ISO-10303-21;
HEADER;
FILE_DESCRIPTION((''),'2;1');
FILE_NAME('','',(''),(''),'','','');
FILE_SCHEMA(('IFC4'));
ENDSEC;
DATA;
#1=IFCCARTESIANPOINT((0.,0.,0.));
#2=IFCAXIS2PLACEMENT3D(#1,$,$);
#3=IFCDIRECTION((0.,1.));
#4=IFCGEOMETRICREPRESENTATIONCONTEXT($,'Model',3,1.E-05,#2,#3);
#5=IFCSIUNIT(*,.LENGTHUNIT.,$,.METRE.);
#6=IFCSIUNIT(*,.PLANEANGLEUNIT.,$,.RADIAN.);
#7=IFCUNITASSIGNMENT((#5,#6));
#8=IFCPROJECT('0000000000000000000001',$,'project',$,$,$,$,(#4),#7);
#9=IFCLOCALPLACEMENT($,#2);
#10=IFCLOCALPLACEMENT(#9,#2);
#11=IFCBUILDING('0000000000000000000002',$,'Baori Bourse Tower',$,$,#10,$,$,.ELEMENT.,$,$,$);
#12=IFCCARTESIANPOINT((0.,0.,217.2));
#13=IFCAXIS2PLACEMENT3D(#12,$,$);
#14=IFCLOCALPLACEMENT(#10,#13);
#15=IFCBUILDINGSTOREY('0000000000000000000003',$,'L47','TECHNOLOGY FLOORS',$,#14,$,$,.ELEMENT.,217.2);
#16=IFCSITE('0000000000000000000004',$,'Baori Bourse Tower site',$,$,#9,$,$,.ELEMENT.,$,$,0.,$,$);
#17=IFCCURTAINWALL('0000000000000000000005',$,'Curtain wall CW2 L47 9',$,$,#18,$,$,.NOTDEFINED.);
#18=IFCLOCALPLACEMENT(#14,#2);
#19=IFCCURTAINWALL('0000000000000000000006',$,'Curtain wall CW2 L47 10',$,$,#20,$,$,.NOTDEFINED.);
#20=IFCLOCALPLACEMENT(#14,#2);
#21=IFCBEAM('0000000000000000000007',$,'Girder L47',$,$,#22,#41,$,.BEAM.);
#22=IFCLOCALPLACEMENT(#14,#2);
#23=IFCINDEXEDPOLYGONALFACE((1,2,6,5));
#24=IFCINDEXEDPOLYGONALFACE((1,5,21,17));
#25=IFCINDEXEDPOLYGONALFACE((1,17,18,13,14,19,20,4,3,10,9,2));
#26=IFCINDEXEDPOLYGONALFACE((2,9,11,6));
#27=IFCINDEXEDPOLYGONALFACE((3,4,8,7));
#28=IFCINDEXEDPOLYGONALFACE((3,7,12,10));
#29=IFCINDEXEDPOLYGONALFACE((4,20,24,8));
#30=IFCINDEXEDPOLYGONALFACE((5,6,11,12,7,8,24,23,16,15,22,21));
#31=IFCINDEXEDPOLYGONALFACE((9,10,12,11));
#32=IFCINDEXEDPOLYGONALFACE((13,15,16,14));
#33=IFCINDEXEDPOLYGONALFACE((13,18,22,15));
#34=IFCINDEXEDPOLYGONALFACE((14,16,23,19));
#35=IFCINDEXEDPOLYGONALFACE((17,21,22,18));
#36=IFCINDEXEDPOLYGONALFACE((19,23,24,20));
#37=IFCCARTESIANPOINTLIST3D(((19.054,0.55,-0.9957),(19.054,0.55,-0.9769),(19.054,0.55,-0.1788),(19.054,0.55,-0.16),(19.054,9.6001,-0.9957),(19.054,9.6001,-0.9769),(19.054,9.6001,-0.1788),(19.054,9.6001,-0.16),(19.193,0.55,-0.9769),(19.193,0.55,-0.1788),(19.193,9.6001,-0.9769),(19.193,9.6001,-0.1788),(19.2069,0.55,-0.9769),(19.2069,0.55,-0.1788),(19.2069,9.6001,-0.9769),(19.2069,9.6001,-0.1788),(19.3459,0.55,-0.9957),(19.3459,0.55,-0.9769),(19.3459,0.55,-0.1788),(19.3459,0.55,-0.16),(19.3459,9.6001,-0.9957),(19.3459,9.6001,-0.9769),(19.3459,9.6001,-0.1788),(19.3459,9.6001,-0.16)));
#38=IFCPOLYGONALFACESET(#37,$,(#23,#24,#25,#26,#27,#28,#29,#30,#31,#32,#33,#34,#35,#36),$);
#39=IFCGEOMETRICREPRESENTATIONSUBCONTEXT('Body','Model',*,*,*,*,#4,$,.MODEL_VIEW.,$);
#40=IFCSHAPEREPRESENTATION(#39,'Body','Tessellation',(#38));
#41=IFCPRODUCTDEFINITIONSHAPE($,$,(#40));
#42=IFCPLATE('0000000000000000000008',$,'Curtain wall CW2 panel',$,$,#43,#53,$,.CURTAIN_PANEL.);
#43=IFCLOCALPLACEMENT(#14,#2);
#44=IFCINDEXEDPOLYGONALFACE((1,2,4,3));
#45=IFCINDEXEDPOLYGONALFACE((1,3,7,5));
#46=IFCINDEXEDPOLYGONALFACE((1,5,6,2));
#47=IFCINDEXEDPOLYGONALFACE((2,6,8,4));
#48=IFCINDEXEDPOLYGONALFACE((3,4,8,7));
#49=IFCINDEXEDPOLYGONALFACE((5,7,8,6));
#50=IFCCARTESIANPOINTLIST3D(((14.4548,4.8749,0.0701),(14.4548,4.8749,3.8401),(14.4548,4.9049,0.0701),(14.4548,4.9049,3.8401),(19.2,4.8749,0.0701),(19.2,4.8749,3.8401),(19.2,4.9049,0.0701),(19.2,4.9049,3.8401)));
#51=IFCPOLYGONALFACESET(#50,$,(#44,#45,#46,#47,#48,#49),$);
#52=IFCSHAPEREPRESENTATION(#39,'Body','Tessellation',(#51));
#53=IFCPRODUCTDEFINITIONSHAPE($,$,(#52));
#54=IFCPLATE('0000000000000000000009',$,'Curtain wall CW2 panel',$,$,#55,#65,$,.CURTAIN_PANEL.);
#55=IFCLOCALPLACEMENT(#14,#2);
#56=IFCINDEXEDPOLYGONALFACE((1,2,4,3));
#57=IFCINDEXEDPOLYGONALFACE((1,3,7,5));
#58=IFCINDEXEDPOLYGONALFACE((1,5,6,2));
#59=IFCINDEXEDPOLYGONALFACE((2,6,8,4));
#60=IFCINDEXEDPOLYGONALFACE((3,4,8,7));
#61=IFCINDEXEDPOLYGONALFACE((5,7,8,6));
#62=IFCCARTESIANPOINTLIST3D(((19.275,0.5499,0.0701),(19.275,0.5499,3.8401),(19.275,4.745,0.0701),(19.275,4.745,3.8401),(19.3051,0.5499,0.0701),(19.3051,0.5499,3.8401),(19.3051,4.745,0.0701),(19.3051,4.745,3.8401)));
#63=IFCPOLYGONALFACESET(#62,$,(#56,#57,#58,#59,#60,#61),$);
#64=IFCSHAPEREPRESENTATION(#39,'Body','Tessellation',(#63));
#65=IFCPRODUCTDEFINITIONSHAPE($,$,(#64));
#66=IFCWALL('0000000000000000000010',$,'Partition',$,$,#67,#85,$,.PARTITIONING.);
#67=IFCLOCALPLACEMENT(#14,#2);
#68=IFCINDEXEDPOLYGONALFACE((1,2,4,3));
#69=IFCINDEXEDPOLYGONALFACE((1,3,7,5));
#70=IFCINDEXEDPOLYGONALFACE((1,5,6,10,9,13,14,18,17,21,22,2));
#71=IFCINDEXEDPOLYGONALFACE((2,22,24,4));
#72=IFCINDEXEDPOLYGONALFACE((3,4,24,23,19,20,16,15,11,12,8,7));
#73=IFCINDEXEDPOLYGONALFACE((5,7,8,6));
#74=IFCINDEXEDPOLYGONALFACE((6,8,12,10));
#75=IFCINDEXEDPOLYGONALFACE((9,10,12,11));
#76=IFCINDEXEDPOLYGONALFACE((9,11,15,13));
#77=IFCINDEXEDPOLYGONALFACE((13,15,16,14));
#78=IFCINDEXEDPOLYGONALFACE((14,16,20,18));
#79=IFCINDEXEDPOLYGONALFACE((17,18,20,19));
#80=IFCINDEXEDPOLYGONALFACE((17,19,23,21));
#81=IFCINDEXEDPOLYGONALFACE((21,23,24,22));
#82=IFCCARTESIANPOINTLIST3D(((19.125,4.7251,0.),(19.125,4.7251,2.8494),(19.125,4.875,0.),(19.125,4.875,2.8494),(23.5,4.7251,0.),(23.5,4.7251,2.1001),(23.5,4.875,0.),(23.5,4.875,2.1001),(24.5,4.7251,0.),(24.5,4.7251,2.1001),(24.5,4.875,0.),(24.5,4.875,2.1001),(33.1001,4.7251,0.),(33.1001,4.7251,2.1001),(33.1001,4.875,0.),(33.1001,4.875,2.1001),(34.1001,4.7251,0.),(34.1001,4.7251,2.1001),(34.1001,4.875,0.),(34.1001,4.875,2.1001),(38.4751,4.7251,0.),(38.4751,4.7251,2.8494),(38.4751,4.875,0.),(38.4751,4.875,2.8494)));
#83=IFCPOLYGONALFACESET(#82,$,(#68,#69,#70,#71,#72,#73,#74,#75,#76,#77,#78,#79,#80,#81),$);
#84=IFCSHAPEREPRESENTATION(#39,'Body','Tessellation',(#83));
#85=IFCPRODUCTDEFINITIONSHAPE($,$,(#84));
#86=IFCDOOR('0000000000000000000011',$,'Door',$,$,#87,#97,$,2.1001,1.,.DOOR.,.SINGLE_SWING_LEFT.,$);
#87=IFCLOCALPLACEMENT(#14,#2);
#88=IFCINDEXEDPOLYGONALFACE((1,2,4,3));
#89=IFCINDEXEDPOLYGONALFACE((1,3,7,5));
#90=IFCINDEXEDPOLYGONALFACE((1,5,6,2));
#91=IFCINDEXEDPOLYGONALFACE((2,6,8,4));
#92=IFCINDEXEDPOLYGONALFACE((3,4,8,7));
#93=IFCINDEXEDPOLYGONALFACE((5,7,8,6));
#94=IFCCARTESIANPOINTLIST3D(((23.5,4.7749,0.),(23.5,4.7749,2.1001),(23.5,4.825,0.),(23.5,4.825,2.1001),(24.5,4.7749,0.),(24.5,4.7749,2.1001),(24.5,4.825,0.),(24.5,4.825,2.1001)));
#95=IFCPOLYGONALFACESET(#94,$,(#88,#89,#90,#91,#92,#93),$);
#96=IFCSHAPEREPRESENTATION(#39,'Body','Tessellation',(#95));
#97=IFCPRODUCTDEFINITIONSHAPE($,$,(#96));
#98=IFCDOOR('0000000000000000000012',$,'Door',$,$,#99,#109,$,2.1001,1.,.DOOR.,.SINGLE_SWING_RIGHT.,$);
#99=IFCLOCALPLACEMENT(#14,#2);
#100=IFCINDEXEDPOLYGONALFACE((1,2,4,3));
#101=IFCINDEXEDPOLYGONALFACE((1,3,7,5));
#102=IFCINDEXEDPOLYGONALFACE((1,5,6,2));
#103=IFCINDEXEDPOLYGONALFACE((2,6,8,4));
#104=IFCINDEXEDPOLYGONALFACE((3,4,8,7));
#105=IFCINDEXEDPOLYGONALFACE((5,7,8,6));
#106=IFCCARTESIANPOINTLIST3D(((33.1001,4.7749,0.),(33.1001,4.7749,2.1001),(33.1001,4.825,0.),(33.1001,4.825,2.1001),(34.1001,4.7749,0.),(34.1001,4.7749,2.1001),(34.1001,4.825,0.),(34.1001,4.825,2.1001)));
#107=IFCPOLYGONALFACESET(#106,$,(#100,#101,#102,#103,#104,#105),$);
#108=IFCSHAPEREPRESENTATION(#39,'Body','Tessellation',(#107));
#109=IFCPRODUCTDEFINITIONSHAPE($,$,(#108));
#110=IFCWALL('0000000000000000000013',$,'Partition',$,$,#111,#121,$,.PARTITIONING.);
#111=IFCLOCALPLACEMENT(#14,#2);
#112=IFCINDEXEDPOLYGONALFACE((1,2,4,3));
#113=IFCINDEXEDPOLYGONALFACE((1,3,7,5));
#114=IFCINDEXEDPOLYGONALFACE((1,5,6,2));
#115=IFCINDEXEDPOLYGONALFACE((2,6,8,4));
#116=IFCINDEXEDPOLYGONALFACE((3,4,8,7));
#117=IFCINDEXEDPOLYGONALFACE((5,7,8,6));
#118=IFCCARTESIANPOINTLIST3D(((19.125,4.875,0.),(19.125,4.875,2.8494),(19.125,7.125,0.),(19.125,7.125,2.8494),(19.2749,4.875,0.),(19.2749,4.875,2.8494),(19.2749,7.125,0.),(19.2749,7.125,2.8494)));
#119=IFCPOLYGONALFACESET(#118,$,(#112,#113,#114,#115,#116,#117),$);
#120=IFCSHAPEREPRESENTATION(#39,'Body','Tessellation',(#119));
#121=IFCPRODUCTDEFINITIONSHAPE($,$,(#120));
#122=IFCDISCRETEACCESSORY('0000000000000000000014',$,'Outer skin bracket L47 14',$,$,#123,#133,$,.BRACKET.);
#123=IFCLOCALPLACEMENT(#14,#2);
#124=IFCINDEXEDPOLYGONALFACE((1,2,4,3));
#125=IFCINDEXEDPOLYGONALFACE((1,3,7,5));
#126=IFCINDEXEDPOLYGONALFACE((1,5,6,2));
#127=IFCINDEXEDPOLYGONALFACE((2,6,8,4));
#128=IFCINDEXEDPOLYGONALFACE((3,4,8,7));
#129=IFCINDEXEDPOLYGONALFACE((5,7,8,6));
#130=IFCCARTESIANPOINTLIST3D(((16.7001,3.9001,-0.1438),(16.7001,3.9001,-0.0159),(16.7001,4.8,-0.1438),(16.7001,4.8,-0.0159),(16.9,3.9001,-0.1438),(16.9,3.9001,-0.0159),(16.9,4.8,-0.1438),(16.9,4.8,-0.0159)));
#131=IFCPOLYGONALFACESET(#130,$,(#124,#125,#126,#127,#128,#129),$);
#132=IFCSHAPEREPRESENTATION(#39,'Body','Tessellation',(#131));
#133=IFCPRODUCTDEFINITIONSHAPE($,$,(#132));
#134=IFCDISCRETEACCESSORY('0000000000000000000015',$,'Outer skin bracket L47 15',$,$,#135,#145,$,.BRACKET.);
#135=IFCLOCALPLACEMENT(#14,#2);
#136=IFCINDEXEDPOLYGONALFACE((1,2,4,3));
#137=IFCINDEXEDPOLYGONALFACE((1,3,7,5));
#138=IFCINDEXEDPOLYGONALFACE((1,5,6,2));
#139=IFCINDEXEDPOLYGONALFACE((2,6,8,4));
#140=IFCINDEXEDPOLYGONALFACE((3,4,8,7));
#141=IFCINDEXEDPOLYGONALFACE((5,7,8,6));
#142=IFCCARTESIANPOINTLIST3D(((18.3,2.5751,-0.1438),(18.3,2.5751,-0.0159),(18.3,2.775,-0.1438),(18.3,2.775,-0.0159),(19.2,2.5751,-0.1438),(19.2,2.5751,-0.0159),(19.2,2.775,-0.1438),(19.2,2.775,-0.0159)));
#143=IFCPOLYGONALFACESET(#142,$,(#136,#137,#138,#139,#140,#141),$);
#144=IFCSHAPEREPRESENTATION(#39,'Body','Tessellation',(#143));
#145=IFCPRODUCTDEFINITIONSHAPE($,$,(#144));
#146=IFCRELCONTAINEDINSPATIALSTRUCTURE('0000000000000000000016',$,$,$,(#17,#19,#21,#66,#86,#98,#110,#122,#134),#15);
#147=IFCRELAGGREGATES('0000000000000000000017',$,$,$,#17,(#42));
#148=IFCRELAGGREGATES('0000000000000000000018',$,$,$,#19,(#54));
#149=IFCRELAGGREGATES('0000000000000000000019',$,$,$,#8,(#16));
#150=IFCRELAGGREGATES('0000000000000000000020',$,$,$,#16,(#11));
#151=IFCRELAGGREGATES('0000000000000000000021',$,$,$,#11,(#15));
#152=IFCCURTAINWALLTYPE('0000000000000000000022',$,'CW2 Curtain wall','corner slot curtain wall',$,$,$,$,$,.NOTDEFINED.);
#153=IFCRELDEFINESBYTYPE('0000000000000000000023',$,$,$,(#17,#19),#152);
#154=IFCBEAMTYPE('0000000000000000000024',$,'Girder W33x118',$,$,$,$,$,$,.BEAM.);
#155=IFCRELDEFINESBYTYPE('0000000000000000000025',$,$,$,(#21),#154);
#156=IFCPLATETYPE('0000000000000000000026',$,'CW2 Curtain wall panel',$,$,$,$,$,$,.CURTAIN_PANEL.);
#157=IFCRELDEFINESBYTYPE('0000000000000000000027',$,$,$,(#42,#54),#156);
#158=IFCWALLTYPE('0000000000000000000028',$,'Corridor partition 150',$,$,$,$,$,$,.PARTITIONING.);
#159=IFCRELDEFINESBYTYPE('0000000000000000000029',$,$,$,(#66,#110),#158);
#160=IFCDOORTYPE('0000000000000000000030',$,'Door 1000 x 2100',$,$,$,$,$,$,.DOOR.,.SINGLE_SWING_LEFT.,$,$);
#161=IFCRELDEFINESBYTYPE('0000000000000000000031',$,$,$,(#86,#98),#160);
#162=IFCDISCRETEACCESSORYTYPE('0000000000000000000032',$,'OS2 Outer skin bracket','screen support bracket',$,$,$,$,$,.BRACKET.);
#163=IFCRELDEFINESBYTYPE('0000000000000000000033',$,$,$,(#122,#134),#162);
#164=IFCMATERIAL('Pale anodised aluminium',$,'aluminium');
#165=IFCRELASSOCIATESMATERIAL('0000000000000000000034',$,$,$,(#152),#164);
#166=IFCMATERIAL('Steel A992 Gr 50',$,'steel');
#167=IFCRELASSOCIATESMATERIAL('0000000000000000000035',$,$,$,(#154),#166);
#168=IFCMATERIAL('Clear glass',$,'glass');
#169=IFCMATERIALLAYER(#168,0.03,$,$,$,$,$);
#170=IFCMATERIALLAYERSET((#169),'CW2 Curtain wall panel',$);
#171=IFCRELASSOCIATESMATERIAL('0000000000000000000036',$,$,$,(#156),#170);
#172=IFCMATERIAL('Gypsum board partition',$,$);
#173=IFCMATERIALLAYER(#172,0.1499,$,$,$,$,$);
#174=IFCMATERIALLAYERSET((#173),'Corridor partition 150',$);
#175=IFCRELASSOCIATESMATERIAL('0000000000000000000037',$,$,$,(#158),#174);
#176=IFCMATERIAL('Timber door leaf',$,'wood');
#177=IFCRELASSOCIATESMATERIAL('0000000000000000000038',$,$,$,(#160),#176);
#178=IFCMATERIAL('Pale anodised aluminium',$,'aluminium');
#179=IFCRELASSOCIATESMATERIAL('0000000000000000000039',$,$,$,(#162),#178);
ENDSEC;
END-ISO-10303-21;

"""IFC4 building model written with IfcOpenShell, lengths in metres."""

from ifc_helpers import new_model, si_unit, direction, frame, frame_2d, origin, origin_2d, place, context, subcontext, project, spatial, rectangle, i_section, extrude, material, layer, layer_set, material_profile, profile_set, type_object, element, fill, aggregate, save


model = new_model("IFC4")

# Units and contexts
model_context = context("Model", 3, precision=1e-05, world=origin(), true_north=direction((0.0, 1.0)))
body_context = subcontext(model_context, "Body", "Model", "MODEL_VIEW")
ifc_project = project(units=[si_unit("LENGTHUNIT", "METRE"), si_unit("PLANEANGLEUNIT", "RADIAN")], contexts=[model_context])

# Site, building, storey
site_placement = place(None, origin())
site = spatial("IfcSite", under=ifc_project, at=site_placement, Name="Baori Bourse Tower site", CompositionType="ELEMENT", RefElevation=0.0)
building_placement = place(site_placement, origin())
building = spatial("IfcBuilding", under=site, at=building_placement, Name="Baori Bourse Tower", CompositionType="ELEMENT")
storey_placement = place(building_placement, frame((0.0, 0.0, 217.2)))
storey = spatial("IfcBuildingStorey", under=building, at=storey_placement, Name="L47", Description="TECHNOLOGY FLOORS", CompositionType="ELEMENT", Elevation=217.2)

# Curtain walls
ifc_material_1 = material(Name="Pale anodised aluminium", Category="aluminium")
curtain_wall_type_1 = type_object("IfcCurtainWallType", Name="CW2 Curtain wall", Description="corner slot curtain wall", PredefinedType="NOTDEFINED", material=ifc_material_1)
curtain_wall_1_placement = place(storey_placement, origin())
curtain_wall_1 = element("IfcCurtainWall", 1, at=curtain_wall_1_placement, inside=storey, type_object=curtain_wall_type_1, Name="Curtain wall CW2 L47 9", PredefinedType="NOTDEFINED")
curtain_wall_2_placement = place(storey_placement, origin())
curtain_wall_2 = element("IfcCurtainWall", 2, at=curtain_wall_2_placement, inside=storey, type_object=curtain_wall_type_1, Name="Curtain wall CW2 L47 10", PredefinedType="NOTDEFINED")

# Beam
ifc_material_2 = material(Name="Steel A992 Gr 50", Category="steel")
ifc_material_profile_1 = material_profile(ifc_material_2, i_section(OverallWidth=0.292, OverallDepth=0.8357, WebThickness=0.0139, FlangeThickness=0.0188, at=origin_2d()), Name="W33x118")
ifc_profile_set_1 = profile_set([ifc_material_profile_1], Name="Steel A992 Gr 50")
beam_type_1 = type_object("IfcBeamType", Name="Girder W33x118", PredefinedType="BEAM", material=ifc_profile_set_1)
beam_1_placement = place(storey_placement, frame((19.2, 0.55, -0.5779), z_axis=(0.0, 1.0, 0.0), x_axis=(-1.0, 0.0, 0.0)))
element("IfcBeam", 3, at=beam_1_placement, inside=storey, type_object=beam_type_1, Name="Girder L47", PredefinedType="BEAM", context=body_context, shape_type="SweptSolid", body=[
    extrude(i_section(OverallWidth=0.292, OverallDepth=0.8357, WebThickness=0.0139, FlangeThickness=0.0188, at=origin_2d()), origin(), (0.0, 0.0, 1.0), 9.05),
])

# Plates
ifc_material_3 = material(Name="Clear glass", Category="glass")
ifc_layer_1 = layer(ifc_material_3, 0.03)
ifc_layer_set_1 = layer_set([ifc_layer_1], Name="CW2 Curtain wall panel")
plate_type = type_object("IfcPlateType", Name="CW2 Curtain wall panel", PredefinedType="CURTAIN_PANEL", material=ifc_layer_set_1)
plate_1_placement = place(storey_placement, frame((16.8274, 4.8899, 0.0701), z_axis=(0.0, 0.0, 1.0), x_axis=(1.0, 0.0, 0.0)))
plate_1 = element("IfcPlate", 4, at=plate_1_placement, type_object=plate_type, Name="Curtain wall CW2 panel", PredefinedType="CURTAIN_PANEL", context=body_context, shape_type="SweptSolid", body=[
    extrude(rectangle(XDim=4.7451, YDim=0.03, at=origin_2d()), origin(), (0.0, 0.0, 1.0), 3.77),
])
aggregate(curtain_wall_1, [plate_1])
plate_2_placement = place(storey_placement, frame((19.29, 2.6475, 0.0701), z_axis=(0.0, 0.0, 1.0), x_axis=(0.0, -1.0, 0.0)))
plate_2 = element("IfcPlate", 5, at=plate_2_placement, type_object=plate_type, Name="Curtain wall CW2 panel", PredefinedType="CURTAIN_PANEL", context=body_context, shape_type="SweptSolid", body=[
    extrude(rectangle(XDim=4.1951, YDim=0.03, at=origin_2d()), origin(), (0.0, 0.0, 1.0), 3.77),
])
aggregate(curtain_wall_2, [plate_2])

# Wall, openings, doors
ifc_material_4 = material(Name="Gypsum board partition")
ifc_layer_2 = layer(ifc_material_4, 0.1499)
ifc_layer_set_2 = layer_set([ifc_layer_2], Name="Corridor partition 150")
wall_type = type_object("IfcWallType", Name="Corridor partition 150", PredefinedType="PARTITIONING", material=ifc_layer_set_2)
wall_1_placement = place(storey_placement, frame((19.125, 4.8, 0.0), z_axis=(0.0, 0.0, 1.0), x_axis=(1.0, 0.0, 0.0)))
wall_1 = element("IfcWall", 6, at=wall_1_placement, inside=storey, type_object=wall_type, Name="Partition", PredefinedType="PARTITIONING", context=body_context, shape_type="SweptSolid", body=[
    extrude(rectangle(XDim=19.3501, YDim=0.1499, at=frame_2d((9.675, 0.0))), origin(), (0.0, 0.0, 1.0), 2.8494),
])
opening_1_placement = place(wall_1_placement, frame((4.375, 0.0, 0.0)))
opening_1 = element("IfcOpeningElement", 7, at=opening_1_placement, cuts=wall_1, PredefinedType="OPENING", context=body_context, shape_type="SweptSolid", body=[
    extrude(rectangle(XDim=1.0, YDim=2.1001, at=frame_2d((0.5, 1.05))), frame((0.0, 0.085, 0.0), z_axis=(0.0, -1.0, 0.0), x_axis=(1.0, 0.0, 0.0)), (0.0, 0.0, 1.0), 0.1699),
])
opening_2_placement = place(wall_1_placement, frame((13.9751, 0.0, 0.0)))
opening_2 = element("IfcOpeningElement", 8, at=opening_2_placement, cuts=wall_1, PredefinedType="OPENING", context=body_context, shape_type="SweptSolid", body=[
    extrude(rectangle(XDim=1.0, YDim=2.1001, at=frame_2d((0.5, 1.05))), frame((0.0, 0.085, 0.0), z_axis=(0.0, -1.0, 0.0), x_axis=(1.0, 0.0, 0.0)), (0.0, 0.0, 1.0), 0.1699),
])
ifc_material_5 = material(Name="Timber door leaf", Category="wood")
door_type = type_object("IfcDoorType", Name="Door 1000 x 2100", OperationType="SINGLE_SWING_LEFT", PredefinedType="DOOR", material=ifc_material_5)
door_1_placement = place(opening_1_placement, origin())
door_1 = element("IfcDoor", 9, at=door_1_placement, inside=storey, type_object=door_type, Name="Door", OperationType="SINGLE_SWING_LEFT", OverallHeight=2.1001, OverallWidth=1.0, PredefinedType="DOOR", context=body_context, shape_type="SweptSolid", body=[
    extrude(rectangle(XDim=1.0, YDim=2.1001, at=frame_2d((0.5, 1.05))), frame((0.0, 0.0249, 0.0), z_axis=(0.0, -1.0, 0.0), x_axis=(1.0, 0.0, 0.0)), (0.0, 0.0, 1.0), 0.05),
])
fill(opening_1, door_1)
door_2_placement = place(opening_2_placement, origin())
door_2 = element("IfcDoor", 10, at=door_2_placement, inside=storey, type_object=door_type, Name="Door", OperationType="SINGLE_SWING_RIGHT", OverallHeight=2.1001, OverallWidth=1.0, PredefinedType="DOOR", context=body_context, shape_type="SweptSolid", body=[
    extrude(rectangle(XDim=1.0, YDim=2.1001, at=frame_2d((0.5, 1.05))), frame((0.0, 0.0249, 0.0), z_axis=(0.0, -1.0, 0.0), x_axis=(1.0, 0.0, 0.0)), (0.0, 0.0, 1.0), 0.05),
])
fill(opening_2, door_2)

# Wall
wall_2_placement = place(storey_placement, frame((19.2, 4.875, 0.0), z_axis=(0.0, 0.0, 1.0), x_axis=(0.0, 1.0, 0.0)))
element("IfcWall", 11, at=wall_2_placement, inside=storey, type_object=wall_type, Name="Partition", PredefinedType="PARTITIONING", context=body_context, shape_type="SweptSolid", body=[
    extrude(rectangle(XDim=2.25, YDim=0.1499, at=frame_2d((1.125, 0.0))), origin(), (0.0, 0.0, 1.0), 2.8494),
])

# Discrete accessories
ifc_material_6 = material(Name="Pale anodised aluminium", Category="aluminium")
discrete_accessory_type = type_object("IfcDiscreteAccessoryType", Name="OS2 Outer skin bracket", Description="screen support bracket", PredefinedType="BRACKET", material=ifc_material_6)
for number, where, z_axis, x_axis, name in (
    (12, (16.8, 4.3501, -0.1438), (0.0, 0.0, 1.0), (1.0, 0.0, 0.0), "Outer skin bracket L47 14"),
    (13, (18.75, 2.675, -0.1438), (0.0, 0.0, 1.0), (0.0, -1.0, 0.0), "Outer skin bracket L47 15"),
):
    element("IfcDiscreteAccessory", number, at=place(storey_placement, frame(where, z_axis=z_axis, x_axis=x_axis)), inside=storey, type_object=discrete_accessory_type, Name=name, PredefinedType="BRACKET", context=body_context, shape_type="SweptSolid", body=[
        extrude(rectangle(XDim=0.2, YDim=0.8999, at=origin_2d()), origin(), (0.0, 0.0, 1.0), 0.1279),
    ])

save(model, "model.ifc")
